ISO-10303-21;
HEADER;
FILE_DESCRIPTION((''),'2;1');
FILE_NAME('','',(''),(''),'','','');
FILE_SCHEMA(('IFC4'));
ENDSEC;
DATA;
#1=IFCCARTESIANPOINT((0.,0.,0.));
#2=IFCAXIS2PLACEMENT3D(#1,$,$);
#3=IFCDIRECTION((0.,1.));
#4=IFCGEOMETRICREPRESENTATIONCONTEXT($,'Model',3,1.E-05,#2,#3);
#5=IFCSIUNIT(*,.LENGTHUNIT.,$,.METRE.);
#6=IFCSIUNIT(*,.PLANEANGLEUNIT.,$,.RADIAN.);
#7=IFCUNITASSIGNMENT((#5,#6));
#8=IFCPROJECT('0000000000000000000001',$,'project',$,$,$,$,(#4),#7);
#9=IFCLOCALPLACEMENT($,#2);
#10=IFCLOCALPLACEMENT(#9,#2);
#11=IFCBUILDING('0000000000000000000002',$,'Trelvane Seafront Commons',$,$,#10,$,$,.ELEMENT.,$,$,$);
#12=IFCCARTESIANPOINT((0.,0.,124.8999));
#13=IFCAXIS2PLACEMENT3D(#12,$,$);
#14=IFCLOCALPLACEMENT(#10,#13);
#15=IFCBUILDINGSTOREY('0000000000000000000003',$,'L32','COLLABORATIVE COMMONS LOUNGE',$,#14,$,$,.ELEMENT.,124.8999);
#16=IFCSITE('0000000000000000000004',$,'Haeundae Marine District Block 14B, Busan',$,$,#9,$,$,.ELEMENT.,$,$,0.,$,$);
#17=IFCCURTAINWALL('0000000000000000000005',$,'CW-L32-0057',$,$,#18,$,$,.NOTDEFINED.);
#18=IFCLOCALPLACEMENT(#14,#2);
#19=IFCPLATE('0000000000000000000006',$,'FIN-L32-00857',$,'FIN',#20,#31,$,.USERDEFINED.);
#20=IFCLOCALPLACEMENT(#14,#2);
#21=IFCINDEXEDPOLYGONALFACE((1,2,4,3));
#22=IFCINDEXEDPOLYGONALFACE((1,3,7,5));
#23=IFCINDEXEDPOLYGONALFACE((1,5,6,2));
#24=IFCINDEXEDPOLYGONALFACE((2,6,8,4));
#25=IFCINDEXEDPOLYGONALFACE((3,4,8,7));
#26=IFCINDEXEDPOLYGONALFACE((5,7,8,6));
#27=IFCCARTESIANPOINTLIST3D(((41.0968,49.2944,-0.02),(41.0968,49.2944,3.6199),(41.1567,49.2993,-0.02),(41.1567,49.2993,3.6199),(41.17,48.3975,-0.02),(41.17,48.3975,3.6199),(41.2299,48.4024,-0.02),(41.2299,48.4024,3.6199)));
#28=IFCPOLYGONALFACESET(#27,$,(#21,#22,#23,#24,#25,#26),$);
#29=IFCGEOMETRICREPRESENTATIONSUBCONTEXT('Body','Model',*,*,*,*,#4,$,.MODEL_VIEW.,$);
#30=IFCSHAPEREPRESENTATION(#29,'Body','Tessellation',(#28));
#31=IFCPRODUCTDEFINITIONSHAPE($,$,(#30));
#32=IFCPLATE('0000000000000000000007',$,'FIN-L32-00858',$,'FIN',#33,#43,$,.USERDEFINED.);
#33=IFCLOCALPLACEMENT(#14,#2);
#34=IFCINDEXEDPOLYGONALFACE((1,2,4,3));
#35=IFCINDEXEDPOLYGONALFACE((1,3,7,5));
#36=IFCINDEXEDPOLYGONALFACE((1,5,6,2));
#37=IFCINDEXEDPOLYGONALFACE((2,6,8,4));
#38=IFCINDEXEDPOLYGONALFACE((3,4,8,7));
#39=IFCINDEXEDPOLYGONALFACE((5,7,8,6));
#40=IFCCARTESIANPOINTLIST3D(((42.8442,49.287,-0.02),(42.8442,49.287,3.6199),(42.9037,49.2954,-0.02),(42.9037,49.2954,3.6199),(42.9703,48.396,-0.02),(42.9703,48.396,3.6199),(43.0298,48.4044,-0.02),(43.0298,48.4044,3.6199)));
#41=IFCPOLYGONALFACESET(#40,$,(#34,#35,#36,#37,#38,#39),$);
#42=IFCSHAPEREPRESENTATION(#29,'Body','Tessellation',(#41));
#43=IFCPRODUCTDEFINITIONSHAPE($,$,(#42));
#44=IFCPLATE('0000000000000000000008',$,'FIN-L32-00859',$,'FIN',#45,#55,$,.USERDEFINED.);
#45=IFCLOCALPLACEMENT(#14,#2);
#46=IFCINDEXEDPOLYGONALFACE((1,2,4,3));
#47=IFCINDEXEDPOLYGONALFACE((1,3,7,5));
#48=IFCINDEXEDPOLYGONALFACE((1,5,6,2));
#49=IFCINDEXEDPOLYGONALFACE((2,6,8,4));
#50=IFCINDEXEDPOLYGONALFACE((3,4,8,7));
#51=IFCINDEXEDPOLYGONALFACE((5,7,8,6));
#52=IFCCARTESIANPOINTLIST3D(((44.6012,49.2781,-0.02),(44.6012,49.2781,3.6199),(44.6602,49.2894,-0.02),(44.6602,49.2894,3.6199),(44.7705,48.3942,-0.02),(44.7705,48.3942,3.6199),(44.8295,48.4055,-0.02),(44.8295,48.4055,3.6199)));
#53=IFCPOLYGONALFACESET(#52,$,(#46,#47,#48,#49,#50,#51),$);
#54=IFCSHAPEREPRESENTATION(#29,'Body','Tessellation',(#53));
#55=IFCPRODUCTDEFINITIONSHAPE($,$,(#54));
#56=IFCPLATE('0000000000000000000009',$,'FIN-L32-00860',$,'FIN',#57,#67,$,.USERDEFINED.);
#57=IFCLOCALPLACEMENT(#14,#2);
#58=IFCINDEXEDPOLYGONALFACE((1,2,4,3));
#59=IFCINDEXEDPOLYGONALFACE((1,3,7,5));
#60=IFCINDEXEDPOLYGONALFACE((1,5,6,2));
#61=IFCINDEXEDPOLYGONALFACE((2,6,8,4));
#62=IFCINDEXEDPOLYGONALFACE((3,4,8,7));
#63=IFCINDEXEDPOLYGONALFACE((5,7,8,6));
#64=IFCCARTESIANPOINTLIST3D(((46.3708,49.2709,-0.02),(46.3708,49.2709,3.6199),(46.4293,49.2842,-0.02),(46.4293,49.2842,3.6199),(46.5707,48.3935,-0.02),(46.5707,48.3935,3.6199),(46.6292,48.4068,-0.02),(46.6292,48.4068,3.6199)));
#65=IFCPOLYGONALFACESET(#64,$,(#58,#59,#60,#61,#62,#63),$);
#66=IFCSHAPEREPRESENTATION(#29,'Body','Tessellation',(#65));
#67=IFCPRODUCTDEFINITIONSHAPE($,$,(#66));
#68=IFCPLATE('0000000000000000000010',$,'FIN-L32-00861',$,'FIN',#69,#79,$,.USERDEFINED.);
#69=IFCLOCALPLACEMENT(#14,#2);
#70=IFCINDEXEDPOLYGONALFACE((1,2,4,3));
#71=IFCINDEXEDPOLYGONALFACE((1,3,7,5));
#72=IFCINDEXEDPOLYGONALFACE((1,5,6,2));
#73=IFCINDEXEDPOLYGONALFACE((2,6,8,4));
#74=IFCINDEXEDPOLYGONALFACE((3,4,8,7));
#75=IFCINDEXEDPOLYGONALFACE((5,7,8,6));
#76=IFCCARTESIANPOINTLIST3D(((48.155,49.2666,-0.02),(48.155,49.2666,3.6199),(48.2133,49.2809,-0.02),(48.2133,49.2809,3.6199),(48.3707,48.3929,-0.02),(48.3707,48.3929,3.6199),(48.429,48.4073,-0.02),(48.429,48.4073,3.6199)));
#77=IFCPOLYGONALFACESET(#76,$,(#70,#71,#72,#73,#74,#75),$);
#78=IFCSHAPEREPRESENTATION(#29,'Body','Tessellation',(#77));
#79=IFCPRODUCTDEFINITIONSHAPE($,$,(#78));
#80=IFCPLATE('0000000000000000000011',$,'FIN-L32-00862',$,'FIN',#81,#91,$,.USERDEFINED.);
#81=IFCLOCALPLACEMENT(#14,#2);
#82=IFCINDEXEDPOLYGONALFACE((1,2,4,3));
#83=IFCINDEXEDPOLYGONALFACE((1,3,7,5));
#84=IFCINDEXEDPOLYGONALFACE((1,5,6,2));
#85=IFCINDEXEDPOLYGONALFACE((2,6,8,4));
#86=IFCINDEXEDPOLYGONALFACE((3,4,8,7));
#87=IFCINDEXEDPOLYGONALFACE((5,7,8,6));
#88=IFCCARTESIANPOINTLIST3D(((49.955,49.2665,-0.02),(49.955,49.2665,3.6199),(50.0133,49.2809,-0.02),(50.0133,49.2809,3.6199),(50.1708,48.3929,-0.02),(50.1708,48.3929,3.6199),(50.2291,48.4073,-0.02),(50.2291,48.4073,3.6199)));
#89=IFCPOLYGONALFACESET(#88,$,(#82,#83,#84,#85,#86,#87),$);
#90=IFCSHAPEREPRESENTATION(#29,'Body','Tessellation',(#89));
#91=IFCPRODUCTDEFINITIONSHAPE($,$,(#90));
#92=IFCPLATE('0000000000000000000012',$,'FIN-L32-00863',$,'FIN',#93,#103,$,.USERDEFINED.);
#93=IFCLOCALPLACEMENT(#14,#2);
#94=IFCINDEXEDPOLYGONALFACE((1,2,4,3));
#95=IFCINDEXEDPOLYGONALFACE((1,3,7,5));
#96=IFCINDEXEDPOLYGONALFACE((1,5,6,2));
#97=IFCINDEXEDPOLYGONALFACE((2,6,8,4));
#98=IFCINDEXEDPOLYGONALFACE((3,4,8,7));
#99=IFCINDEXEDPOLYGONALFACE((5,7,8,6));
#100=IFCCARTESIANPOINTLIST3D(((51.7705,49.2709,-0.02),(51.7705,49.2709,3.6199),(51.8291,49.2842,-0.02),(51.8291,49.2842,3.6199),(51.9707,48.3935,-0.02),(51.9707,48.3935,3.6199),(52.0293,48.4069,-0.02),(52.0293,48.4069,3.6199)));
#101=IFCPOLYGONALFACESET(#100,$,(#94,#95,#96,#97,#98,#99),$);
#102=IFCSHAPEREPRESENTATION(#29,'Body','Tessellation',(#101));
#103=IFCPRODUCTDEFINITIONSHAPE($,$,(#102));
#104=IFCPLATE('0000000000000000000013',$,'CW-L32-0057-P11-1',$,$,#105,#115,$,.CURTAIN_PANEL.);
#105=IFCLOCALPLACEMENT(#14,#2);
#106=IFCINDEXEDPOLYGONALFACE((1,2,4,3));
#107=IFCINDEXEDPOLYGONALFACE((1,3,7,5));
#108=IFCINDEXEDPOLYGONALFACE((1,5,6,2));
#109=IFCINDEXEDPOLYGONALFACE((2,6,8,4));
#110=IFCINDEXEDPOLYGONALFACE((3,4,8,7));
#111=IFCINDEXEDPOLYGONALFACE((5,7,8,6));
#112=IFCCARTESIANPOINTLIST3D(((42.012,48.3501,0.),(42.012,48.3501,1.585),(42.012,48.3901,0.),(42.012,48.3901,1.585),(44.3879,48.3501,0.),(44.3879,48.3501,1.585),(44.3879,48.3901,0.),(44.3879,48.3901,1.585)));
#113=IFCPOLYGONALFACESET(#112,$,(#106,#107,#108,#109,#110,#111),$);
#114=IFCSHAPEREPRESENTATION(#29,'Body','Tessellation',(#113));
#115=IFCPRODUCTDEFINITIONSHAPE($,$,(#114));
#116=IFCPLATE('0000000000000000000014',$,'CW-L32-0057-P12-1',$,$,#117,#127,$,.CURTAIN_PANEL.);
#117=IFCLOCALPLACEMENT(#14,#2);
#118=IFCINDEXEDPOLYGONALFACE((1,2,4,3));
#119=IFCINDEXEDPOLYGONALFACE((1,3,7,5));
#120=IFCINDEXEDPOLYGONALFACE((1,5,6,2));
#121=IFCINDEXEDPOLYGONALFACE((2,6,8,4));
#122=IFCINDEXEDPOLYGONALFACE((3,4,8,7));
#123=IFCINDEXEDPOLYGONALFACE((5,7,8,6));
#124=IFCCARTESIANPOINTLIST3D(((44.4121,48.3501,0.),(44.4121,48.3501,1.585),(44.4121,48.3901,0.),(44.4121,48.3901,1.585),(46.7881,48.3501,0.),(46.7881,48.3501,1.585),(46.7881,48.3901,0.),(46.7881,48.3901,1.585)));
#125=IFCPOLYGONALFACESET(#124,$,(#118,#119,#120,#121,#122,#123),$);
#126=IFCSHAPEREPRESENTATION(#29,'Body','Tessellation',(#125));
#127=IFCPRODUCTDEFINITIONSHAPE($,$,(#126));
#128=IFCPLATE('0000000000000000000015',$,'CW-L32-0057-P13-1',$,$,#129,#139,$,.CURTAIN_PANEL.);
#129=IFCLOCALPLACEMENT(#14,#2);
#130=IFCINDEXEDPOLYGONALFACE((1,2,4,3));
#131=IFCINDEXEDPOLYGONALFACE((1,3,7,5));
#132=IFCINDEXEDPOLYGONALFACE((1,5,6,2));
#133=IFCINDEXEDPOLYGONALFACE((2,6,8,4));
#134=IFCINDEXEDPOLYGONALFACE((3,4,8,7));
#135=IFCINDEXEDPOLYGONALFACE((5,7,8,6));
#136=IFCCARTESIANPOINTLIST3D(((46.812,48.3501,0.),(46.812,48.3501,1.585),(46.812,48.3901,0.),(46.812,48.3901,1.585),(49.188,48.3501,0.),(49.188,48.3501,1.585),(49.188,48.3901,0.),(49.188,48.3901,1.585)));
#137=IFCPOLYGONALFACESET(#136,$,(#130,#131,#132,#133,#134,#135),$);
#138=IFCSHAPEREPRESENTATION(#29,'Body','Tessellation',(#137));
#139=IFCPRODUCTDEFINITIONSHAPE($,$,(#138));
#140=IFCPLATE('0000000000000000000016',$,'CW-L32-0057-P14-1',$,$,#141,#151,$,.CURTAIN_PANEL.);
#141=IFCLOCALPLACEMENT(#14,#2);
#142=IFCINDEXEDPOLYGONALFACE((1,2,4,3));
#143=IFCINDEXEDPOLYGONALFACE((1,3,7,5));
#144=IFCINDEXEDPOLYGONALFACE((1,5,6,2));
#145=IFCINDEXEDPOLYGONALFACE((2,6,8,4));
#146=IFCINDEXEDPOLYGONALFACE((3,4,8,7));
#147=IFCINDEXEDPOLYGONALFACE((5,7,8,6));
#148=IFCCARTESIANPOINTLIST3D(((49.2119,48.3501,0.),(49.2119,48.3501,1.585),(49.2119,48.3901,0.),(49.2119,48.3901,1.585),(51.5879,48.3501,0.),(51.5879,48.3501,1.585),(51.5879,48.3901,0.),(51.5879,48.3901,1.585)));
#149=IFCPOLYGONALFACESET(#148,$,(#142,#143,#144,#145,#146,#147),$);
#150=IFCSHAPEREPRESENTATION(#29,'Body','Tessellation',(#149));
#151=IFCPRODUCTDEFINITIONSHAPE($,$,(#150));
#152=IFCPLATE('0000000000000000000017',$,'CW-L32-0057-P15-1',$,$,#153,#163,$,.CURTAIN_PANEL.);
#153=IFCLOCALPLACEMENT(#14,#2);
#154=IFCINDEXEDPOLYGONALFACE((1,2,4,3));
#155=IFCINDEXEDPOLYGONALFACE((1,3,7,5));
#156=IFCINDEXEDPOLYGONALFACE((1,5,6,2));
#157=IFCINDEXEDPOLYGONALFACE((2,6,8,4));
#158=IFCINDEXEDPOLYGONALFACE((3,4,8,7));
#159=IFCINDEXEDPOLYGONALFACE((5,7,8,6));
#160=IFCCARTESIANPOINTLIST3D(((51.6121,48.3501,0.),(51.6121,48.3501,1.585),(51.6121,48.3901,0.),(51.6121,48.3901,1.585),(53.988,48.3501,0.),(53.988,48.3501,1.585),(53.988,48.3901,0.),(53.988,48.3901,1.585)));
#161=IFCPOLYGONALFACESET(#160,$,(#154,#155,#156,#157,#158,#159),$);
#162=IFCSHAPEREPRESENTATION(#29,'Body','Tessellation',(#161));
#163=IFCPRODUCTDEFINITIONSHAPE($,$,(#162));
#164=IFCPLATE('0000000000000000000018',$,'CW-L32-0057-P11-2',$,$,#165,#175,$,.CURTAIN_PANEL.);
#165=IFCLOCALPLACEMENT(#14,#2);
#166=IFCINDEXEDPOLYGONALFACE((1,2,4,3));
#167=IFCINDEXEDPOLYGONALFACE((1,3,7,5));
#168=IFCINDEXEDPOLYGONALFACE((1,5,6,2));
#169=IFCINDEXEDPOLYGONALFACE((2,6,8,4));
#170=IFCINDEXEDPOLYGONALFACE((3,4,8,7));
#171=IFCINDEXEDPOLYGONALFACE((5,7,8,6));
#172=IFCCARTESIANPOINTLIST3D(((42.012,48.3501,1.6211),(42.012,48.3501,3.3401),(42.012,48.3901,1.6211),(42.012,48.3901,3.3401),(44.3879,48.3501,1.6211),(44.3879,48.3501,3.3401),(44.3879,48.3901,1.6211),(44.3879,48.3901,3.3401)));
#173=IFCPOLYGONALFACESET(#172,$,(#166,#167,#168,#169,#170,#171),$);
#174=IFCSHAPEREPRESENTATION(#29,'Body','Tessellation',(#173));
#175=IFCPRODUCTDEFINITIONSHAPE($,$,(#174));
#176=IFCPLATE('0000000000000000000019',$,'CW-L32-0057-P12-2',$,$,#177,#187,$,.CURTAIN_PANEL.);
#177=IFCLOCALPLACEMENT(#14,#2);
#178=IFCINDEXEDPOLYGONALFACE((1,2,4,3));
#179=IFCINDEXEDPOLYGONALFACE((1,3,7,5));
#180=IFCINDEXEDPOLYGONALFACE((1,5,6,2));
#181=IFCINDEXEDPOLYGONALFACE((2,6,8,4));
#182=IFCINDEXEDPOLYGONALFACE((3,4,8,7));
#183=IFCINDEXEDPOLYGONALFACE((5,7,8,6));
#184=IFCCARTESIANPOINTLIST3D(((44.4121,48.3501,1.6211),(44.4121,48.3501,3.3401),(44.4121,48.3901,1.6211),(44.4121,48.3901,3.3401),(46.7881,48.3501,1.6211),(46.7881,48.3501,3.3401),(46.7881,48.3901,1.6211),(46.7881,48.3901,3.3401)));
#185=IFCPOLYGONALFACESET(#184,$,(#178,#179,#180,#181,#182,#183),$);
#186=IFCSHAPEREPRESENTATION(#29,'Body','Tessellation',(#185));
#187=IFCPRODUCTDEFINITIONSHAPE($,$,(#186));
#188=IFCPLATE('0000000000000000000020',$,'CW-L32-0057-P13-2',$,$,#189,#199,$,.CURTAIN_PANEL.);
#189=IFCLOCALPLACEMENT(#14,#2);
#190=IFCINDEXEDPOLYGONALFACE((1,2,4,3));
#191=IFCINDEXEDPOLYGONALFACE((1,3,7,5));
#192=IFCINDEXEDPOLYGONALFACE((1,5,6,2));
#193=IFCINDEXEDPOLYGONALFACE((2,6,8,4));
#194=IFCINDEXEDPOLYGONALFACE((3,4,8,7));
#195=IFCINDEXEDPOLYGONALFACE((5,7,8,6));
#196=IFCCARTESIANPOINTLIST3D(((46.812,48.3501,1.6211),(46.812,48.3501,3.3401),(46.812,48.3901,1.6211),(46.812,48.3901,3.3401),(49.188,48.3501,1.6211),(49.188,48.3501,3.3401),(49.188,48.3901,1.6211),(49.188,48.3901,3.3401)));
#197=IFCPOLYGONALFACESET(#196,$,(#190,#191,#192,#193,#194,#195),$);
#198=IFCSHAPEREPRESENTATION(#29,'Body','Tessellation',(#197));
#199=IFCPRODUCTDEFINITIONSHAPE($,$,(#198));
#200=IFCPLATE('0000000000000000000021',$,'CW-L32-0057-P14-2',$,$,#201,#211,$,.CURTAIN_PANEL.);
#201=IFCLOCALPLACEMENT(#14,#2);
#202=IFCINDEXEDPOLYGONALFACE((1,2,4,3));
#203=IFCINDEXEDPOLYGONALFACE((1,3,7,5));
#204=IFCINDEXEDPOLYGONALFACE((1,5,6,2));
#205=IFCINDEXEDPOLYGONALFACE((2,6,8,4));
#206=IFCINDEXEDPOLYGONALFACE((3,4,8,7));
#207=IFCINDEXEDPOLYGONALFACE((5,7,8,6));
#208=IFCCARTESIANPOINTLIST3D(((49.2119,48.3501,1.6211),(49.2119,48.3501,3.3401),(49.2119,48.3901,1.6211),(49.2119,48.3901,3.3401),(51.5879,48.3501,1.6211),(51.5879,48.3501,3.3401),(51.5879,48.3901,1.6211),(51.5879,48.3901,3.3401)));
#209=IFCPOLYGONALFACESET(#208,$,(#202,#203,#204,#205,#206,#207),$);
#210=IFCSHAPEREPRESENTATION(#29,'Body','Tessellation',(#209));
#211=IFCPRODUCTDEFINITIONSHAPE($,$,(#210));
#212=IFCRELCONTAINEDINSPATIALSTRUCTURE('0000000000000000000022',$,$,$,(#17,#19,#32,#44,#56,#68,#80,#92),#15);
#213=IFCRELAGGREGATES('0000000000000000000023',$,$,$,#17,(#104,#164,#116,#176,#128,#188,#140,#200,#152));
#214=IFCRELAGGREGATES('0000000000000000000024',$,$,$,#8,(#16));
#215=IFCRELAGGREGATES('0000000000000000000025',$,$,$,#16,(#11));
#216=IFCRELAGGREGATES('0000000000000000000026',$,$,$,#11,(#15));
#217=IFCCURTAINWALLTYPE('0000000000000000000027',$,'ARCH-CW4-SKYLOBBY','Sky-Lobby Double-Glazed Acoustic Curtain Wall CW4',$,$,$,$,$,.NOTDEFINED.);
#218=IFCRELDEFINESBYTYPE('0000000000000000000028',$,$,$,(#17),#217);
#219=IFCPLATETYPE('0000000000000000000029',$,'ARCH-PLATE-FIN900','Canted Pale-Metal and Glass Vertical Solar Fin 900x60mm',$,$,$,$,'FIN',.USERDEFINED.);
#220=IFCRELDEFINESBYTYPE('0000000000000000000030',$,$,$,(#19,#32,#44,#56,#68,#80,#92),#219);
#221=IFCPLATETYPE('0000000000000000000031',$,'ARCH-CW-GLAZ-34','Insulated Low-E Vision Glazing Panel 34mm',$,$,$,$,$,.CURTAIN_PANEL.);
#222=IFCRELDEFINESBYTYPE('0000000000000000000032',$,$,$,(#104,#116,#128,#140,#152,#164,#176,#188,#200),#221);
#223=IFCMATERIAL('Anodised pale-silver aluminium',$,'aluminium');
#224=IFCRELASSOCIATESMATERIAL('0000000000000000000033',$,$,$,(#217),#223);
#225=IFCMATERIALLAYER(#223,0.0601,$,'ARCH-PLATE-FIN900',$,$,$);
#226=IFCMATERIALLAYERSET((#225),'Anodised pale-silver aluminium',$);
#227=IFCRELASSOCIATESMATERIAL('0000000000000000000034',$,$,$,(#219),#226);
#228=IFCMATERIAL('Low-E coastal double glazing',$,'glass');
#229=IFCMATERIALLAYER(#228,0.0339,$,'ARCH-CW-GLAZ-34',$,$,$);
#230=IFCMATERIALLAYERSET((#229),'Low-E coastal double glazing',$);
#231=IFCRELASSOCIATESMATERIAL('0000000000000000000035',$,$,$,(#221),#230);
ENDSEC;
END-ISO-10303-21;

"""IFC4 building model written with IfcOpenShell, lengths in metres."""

from ifc_helpers import new_model, si_unit, direction, frame, origin, origin_2d, place, context, subcontext, project, spatial, rectangle, extrude, source, transform, mapped, material, layer, layer_set, type_object, element, aggregate, save


model = new_model("IFC4")

# Units and contexts
model_context = context("Model", 3, precision=1e-05, world=origin(), true_north=direction((0.0, 1.0)))
body_context = subcontext(model_context, "Body", "Model", "MODEL_VIEW")
ifc_project = project(units=[si_unit("LENGTHUNIT", "METRE"), si_unit("PLANEANGLEUNIT", "RADIAN")], contexts=[model_context])

# Site, building, storey
site_placement = place(None, origin())
site = spatial("IfcSite", under=ifc_project, at=site_placement, Name="Haeundae Marine District Block 14B, Busan", CompositionType="ELEMENT", RefElevation=0.0)
building_placement = place(site_placement, origin())
building = spatial("IfcBuilding", under=site, at=building_placement, Name="Trelvane Seafront Commons", CompositionType="ELEMENT")
storey_placement = place(building_placement, frame((0.0, 0.0, 124.8999)))
storey = spatial("IfcBuildingStorey", under=building, at=storey_placement, Name="L32", Description="COLLABORATIVE COMMONS LOUNGE", CompositionType="ELEMENT", Elevation=124.8999)

# Curtain wall
ifc_material_1 = material(Name="Anodised pale-silver aluminium", Category="aluminium")
curtain_wall_type = type_object("IfcCurtainWallType", Name="ARCH-CW4-SKYLOBBY", Description="Sky-Lobby Double-Glazed Acoustic Curtain Wall CW4", PredefinedType="NOTDEFINED", material=ifc_material_1)
curtain_wall_placement = place(storey_placement, origin())
curtain_wall = element("IfcCurtainWall", 1, at=curtain_wall_placement, inside=storey, type_object=curtain_wall_type, Name="CW-L32-0057", PredefinedType="NOTDEFINED")

# Plates
ifc_layer_1 = layer(ifc_material_1, 0.0601, Name="ARCH-PLATE-FIN900")
ifc_layer_set_1 = layer_set([ifc_layer_1], Name="Anodised pale-silver aluminium")
plate_type_1 = type_object("IfcPlateType", Name="ARCH-PLATE-FIN900", Description="Canted Pale-Metal and Glass Vertical Solar Fin 900x60mm", ElementType="FIN", PredefinedType="USERDEFINED", material=ifc_layer_set_1)
shared_shape_1 = source(origin(), body_context, "Body", "SweptSolid", [
    extrude(rectangle(XDim=0.8999, YDim=0.0601, at=origin_2d()), origin(), (0.0, 0.0, 1.0), 3.6399),
])
for number, where, z_axis, x_axis, name in (
    (2, (41.1633, 48.8484, -0.02), (0.0, 0.0, 1.0), (-0.081335, 0.996687, 0.0), "FIN-L32-00857"),
    (3, (42.937, 48.8457, -0.02), (0.0, 0.0, 1.0), (-0.140115, 0.990135, 0.0), "FIN-L32-00858"),
    (4, (44.7153, 48.8418, -0.02), (0.0, 0.0, 1.0), (-0.188118, 0.982146, 0.0), "FIN-L32-00859"),
    (5, (46.5, 48.8389, -0.02), (0.0, 0.0, 1.0), (-0.222115, 0.97502, 0.0), "FIN-L32-00860"),
    (6, (48.292, 48.8369, -0.02), (0.0, 0.0, 1.0), (-0.239659, 0.970857, 0.0), "FIN-L32-00861"),
    (7, (50.092, 48.8369, -0.02), (0.0, 0.0, 1.0), (-0.239789, 0.970825, 0.0), "FIN-L32-00862"),
    (8, (51.8999, 48.8389, -0.02), (0.0, 0.0, 1.0), (-0.222433, 0.974948, 0.0), "FIN-L32-00863"),
):
    element("IfcPlate", number, at=place(storey_placement, frame(where, z_axis=z_axis, x_axis=x_axis)), inside=storey, type_object=plate_type_1, Name=name, ObjectType="FIN", PredefinedType="USERDEFINED", context=body_context, shape_type="MappedRepresentation", body=[
        mapped(shared_shape_1, transform((0.0, 0.0, 0.0), x_axis=(1.0, 0.0, 0.0), y_axis=(0.0, 1.0, 0.0), z_axis=(0.0, 0.0, 1.0), scale=1.0)),
    ])

# Plates
ifc_material_2 = material(Name="Low-E coastal double glazing", Category="glass")
ifc_layer_2 = layer(ifc_material_2, 0.0339, Name="ARCH-CW-GLAZ-34")
ifc_layer_set_2 = layer_set([ifc_layer_2], Name="Low-E coastal double glazing")
plate_type_2 = type_object("IfcPlateType", Name="ARCH-CW-GLAZ-34", Description="Insulated Low-E Vision Glazing Panel 34mm", PredefinedType="CURTAIN_PANEL", material=ifc_layer_set_2)
shared_shape_2 = source(origin(), body_context, "Body", "SweptSolid", [
    extrude(rectangle(XDim=2.376, YDim=0.04, at=origin_2d()), origin(), (0.0, 0.0, 1.0), 1.585),
])
plate_1_placement = place(storey_placement, frame((43.2, 48.3701, 0.0), z_axis=(0.0, 0.0, 1.0), x_axis=(1.0, 0.0, 0.0)))
plate_1 = element("IfcPlate", 9, at=plate_1_placement, type_object=plate_type_2, Name="CW-L32-0057-P11-1", PredefinedType="CURTAIN_PANEL", context=body_context, shape_type="MappedRepresentation", body=[
    mapped(shared_shape_2, transform((0.0, 0.0, 0.0), x_axis=(1.0, 0.0, 0.0), y_axis=(0.0, 1.0, 0.0), z_axis=(0.0, 0.0, 1.0), scale=1.0)),
])
plate_2_placement = place(storey_placement, frame((45.6001, 48.3701, 0.0), z_axis=(0.0, 0.0, 1.0), x_axis=(1.0, 0.0, 0.0)))
plate_2 = element("IfcPlate", 10, at=plate_2_placement, type_object=plate_type_2, Name="CW-L32-0057-P12-1", PredefinedType="CURTAIN_PANEL", context=body_context, shape_type="MappedRepresentation", body=[
    mapped(shared_shape_2, transform((0.0, 0.0, 0.0), x_axis=(1.0, 0.0, 0.0), y_axis=(0.0, 1.0, 0.0), z_axis=(0.0, 0.0, 1.0), scale=1.0)),
])
plate_3_placement = place(storey_placement, frame((48.0, 48.3701, 0.0), z_axis=(0.0, 0.0, 1.0), x_axis=(1.0, 0.0, 0.0)))
plate_3 = element("IfcPlate", 11, at=plate_3_placement, type_object=plate_type_2, Name="CW-L32-0057-P13-1", PredefinedType="CURTAIN_PANEL", context=body_context, shape_type="MappedRepresentation", body=[
    mapped(shared_shape_2, transform((0.0, 0.0, 0.0), x_axis=(1.0, 0.0, 0.0), y_axis=(0.0, 1.0, 0.0), z_axis=(0.0, 0.0, 1.0), scale=1.0)),
])
plate_4_placement = place(storey_placement, frame((50.3999, 48.3701, 0.0), z_axis=(0.0, 0.0, 1.0), x_axis=(1.0, 0.0, 0.0)))
plate_4 = element("IfcPlate", 12, at=plate_4_placement, type_object=plate_type_2, Name="CW-L32-0057-P14-1", PredefinedType="CURTAIN_PANEL", context=body_context, shape_type="MappedRepresentation", body=[
    mapped(shared_shape_2, transform((0.0, 0.0, 0.0), x_axis=(1.0, 0.0, 0.0), y_axis=(0.0, 1.0, 0.0), z_axis=(0.0, 0.0, 1.0), scale=1.0)),
])
plate_5_placement = place(storey_placement, frame((52.8, 48.3701, 0.0), z_axis=(0.0, 0.0, 1.0), x_axis=(1.0, 0.0, 0.0)))
plate_5 = element("IfcPlate", 13, at=plate_5_placement, type_object=plate_type_2, Name="CW-L32-0057-P15-1", PredefinedType="CURTAIN_PANEL", context=body_context, shape_type="MappedRepresentation", body=[
    mapped(shared_shape_2, transform((0.0, 0.0, 0.0), x_axis=(1.0, 0.0, 0.0), y_axis=(0.0, 1.0, 0.0), z_axis=(0.0, 0.0, 1.0), scale=1.0)),
])
shared_shape_3 = source(origin(), body_context, "Body", "SweptSolid", [
    extrude(rectangle(XDim=2.376, YDim=0.04, at=origin_2d()), origin(), (0.0, 0.0, 1.0), 1.719),
])
plate_6_placement = place(storey_placement, frame((43.2, 48.3701, 1.6211), z_axis=(0.0, 0.0, 1.0), x_axis=(1.0, 0.0, 0.0)))
plate_6 = element("IfcPlate", 14, at=plate_6_placement, type_object=plate_type_2, Name="CW-L32-0057-P11-2", PredefinedType="CURTAIN_PANEL", context=body_context, shape_type="MappedRepresentation", body=[
    mapped(shared_shape_3, transform((0.0, 0.0, 0.0), x_axis=(1.0, 0.0, 0.0), y_axis=(0.0, 1.0, 0.0), z_axis=(0.0, 0.0, 1.0), scale=1.0)),
])
plate_7_placement = place(storey_placement, frame((45.6001, 48.3701, 1.6211), z_axis=(0.0, 0.0, 1.0), x_axis=(1.0, 0.0, 0.0)))
plate_7 = element("IfcPlate", 15, at=plate_7_placement, type_object=plate_type_2, Name="CW-L32-0057-P12-2", PredefinedType="CURTAIN_PANEL", context=body_context, shape_type="MappedRepresentation", body=[
    mapped(shared_shape_3, transform((0.0, 0.0, 0.0), x_axis=(1.0, 0.0, 0.0), y_axis=(0.0, 1.0, 0.0), z_axis=(0.0, 0.0, 1.0), scale=1.0)),
])
plate_8_placement = place(storey_placement, frame((48.0, 48.3701, 1.6211), z_axis=(0.0, 0.0, 1.0), x_axis=(1.0, 0.0, 0.0)))
plate_8 = element("IfcPlate", 16, at=plate_8_placement, type_object=plate_type_2, Name="CW-L32-0057-P13-2", PredefinedType="CURTAIN_PANEL", context=body_context, shape_type="MappedRepresentation", body=[
    mapped(shared_shape_3, transform((0.0, 0.0, 0.0), x_axis=(1.0, 0.0, 0.0), y_axis=(0.0, 1.0, 0.0), z_axis=(0.0, 0.0, 1.0), scale=1.0)),
])
plate_9_placement = place(storey_placement, frame((50.3999, 48.3701, 1.6211), z_axis=(0.0, 0.0, 1.0), x_axis=(1.0, 0.0, 0.0)))
plate_9 = element("IfcPlate", 17, at=plate_9_placement, type_object=plate_type_2, Name="CW-L32-0057-P14-2", PredefinedType="CURTAIN_PANEL", context=body_context, shape_type="MappedRepresentation", body=[
    mapped(shared_shape_3, transform((0.0, 0.0, 0.0), x_axis=(1.0, 0.0, 0.0), y_axis=(0.0, 1.0, 0.0), z_axis=(0.0, 0.0, 1.0), scale=1.0)),
])
aggregate(curtain_wall, [plate_1, plate_6, plate_2, plate_7, plate_3, plate_8, plate_4, plate_9, plate_5])

save(model, "model.ifc")
